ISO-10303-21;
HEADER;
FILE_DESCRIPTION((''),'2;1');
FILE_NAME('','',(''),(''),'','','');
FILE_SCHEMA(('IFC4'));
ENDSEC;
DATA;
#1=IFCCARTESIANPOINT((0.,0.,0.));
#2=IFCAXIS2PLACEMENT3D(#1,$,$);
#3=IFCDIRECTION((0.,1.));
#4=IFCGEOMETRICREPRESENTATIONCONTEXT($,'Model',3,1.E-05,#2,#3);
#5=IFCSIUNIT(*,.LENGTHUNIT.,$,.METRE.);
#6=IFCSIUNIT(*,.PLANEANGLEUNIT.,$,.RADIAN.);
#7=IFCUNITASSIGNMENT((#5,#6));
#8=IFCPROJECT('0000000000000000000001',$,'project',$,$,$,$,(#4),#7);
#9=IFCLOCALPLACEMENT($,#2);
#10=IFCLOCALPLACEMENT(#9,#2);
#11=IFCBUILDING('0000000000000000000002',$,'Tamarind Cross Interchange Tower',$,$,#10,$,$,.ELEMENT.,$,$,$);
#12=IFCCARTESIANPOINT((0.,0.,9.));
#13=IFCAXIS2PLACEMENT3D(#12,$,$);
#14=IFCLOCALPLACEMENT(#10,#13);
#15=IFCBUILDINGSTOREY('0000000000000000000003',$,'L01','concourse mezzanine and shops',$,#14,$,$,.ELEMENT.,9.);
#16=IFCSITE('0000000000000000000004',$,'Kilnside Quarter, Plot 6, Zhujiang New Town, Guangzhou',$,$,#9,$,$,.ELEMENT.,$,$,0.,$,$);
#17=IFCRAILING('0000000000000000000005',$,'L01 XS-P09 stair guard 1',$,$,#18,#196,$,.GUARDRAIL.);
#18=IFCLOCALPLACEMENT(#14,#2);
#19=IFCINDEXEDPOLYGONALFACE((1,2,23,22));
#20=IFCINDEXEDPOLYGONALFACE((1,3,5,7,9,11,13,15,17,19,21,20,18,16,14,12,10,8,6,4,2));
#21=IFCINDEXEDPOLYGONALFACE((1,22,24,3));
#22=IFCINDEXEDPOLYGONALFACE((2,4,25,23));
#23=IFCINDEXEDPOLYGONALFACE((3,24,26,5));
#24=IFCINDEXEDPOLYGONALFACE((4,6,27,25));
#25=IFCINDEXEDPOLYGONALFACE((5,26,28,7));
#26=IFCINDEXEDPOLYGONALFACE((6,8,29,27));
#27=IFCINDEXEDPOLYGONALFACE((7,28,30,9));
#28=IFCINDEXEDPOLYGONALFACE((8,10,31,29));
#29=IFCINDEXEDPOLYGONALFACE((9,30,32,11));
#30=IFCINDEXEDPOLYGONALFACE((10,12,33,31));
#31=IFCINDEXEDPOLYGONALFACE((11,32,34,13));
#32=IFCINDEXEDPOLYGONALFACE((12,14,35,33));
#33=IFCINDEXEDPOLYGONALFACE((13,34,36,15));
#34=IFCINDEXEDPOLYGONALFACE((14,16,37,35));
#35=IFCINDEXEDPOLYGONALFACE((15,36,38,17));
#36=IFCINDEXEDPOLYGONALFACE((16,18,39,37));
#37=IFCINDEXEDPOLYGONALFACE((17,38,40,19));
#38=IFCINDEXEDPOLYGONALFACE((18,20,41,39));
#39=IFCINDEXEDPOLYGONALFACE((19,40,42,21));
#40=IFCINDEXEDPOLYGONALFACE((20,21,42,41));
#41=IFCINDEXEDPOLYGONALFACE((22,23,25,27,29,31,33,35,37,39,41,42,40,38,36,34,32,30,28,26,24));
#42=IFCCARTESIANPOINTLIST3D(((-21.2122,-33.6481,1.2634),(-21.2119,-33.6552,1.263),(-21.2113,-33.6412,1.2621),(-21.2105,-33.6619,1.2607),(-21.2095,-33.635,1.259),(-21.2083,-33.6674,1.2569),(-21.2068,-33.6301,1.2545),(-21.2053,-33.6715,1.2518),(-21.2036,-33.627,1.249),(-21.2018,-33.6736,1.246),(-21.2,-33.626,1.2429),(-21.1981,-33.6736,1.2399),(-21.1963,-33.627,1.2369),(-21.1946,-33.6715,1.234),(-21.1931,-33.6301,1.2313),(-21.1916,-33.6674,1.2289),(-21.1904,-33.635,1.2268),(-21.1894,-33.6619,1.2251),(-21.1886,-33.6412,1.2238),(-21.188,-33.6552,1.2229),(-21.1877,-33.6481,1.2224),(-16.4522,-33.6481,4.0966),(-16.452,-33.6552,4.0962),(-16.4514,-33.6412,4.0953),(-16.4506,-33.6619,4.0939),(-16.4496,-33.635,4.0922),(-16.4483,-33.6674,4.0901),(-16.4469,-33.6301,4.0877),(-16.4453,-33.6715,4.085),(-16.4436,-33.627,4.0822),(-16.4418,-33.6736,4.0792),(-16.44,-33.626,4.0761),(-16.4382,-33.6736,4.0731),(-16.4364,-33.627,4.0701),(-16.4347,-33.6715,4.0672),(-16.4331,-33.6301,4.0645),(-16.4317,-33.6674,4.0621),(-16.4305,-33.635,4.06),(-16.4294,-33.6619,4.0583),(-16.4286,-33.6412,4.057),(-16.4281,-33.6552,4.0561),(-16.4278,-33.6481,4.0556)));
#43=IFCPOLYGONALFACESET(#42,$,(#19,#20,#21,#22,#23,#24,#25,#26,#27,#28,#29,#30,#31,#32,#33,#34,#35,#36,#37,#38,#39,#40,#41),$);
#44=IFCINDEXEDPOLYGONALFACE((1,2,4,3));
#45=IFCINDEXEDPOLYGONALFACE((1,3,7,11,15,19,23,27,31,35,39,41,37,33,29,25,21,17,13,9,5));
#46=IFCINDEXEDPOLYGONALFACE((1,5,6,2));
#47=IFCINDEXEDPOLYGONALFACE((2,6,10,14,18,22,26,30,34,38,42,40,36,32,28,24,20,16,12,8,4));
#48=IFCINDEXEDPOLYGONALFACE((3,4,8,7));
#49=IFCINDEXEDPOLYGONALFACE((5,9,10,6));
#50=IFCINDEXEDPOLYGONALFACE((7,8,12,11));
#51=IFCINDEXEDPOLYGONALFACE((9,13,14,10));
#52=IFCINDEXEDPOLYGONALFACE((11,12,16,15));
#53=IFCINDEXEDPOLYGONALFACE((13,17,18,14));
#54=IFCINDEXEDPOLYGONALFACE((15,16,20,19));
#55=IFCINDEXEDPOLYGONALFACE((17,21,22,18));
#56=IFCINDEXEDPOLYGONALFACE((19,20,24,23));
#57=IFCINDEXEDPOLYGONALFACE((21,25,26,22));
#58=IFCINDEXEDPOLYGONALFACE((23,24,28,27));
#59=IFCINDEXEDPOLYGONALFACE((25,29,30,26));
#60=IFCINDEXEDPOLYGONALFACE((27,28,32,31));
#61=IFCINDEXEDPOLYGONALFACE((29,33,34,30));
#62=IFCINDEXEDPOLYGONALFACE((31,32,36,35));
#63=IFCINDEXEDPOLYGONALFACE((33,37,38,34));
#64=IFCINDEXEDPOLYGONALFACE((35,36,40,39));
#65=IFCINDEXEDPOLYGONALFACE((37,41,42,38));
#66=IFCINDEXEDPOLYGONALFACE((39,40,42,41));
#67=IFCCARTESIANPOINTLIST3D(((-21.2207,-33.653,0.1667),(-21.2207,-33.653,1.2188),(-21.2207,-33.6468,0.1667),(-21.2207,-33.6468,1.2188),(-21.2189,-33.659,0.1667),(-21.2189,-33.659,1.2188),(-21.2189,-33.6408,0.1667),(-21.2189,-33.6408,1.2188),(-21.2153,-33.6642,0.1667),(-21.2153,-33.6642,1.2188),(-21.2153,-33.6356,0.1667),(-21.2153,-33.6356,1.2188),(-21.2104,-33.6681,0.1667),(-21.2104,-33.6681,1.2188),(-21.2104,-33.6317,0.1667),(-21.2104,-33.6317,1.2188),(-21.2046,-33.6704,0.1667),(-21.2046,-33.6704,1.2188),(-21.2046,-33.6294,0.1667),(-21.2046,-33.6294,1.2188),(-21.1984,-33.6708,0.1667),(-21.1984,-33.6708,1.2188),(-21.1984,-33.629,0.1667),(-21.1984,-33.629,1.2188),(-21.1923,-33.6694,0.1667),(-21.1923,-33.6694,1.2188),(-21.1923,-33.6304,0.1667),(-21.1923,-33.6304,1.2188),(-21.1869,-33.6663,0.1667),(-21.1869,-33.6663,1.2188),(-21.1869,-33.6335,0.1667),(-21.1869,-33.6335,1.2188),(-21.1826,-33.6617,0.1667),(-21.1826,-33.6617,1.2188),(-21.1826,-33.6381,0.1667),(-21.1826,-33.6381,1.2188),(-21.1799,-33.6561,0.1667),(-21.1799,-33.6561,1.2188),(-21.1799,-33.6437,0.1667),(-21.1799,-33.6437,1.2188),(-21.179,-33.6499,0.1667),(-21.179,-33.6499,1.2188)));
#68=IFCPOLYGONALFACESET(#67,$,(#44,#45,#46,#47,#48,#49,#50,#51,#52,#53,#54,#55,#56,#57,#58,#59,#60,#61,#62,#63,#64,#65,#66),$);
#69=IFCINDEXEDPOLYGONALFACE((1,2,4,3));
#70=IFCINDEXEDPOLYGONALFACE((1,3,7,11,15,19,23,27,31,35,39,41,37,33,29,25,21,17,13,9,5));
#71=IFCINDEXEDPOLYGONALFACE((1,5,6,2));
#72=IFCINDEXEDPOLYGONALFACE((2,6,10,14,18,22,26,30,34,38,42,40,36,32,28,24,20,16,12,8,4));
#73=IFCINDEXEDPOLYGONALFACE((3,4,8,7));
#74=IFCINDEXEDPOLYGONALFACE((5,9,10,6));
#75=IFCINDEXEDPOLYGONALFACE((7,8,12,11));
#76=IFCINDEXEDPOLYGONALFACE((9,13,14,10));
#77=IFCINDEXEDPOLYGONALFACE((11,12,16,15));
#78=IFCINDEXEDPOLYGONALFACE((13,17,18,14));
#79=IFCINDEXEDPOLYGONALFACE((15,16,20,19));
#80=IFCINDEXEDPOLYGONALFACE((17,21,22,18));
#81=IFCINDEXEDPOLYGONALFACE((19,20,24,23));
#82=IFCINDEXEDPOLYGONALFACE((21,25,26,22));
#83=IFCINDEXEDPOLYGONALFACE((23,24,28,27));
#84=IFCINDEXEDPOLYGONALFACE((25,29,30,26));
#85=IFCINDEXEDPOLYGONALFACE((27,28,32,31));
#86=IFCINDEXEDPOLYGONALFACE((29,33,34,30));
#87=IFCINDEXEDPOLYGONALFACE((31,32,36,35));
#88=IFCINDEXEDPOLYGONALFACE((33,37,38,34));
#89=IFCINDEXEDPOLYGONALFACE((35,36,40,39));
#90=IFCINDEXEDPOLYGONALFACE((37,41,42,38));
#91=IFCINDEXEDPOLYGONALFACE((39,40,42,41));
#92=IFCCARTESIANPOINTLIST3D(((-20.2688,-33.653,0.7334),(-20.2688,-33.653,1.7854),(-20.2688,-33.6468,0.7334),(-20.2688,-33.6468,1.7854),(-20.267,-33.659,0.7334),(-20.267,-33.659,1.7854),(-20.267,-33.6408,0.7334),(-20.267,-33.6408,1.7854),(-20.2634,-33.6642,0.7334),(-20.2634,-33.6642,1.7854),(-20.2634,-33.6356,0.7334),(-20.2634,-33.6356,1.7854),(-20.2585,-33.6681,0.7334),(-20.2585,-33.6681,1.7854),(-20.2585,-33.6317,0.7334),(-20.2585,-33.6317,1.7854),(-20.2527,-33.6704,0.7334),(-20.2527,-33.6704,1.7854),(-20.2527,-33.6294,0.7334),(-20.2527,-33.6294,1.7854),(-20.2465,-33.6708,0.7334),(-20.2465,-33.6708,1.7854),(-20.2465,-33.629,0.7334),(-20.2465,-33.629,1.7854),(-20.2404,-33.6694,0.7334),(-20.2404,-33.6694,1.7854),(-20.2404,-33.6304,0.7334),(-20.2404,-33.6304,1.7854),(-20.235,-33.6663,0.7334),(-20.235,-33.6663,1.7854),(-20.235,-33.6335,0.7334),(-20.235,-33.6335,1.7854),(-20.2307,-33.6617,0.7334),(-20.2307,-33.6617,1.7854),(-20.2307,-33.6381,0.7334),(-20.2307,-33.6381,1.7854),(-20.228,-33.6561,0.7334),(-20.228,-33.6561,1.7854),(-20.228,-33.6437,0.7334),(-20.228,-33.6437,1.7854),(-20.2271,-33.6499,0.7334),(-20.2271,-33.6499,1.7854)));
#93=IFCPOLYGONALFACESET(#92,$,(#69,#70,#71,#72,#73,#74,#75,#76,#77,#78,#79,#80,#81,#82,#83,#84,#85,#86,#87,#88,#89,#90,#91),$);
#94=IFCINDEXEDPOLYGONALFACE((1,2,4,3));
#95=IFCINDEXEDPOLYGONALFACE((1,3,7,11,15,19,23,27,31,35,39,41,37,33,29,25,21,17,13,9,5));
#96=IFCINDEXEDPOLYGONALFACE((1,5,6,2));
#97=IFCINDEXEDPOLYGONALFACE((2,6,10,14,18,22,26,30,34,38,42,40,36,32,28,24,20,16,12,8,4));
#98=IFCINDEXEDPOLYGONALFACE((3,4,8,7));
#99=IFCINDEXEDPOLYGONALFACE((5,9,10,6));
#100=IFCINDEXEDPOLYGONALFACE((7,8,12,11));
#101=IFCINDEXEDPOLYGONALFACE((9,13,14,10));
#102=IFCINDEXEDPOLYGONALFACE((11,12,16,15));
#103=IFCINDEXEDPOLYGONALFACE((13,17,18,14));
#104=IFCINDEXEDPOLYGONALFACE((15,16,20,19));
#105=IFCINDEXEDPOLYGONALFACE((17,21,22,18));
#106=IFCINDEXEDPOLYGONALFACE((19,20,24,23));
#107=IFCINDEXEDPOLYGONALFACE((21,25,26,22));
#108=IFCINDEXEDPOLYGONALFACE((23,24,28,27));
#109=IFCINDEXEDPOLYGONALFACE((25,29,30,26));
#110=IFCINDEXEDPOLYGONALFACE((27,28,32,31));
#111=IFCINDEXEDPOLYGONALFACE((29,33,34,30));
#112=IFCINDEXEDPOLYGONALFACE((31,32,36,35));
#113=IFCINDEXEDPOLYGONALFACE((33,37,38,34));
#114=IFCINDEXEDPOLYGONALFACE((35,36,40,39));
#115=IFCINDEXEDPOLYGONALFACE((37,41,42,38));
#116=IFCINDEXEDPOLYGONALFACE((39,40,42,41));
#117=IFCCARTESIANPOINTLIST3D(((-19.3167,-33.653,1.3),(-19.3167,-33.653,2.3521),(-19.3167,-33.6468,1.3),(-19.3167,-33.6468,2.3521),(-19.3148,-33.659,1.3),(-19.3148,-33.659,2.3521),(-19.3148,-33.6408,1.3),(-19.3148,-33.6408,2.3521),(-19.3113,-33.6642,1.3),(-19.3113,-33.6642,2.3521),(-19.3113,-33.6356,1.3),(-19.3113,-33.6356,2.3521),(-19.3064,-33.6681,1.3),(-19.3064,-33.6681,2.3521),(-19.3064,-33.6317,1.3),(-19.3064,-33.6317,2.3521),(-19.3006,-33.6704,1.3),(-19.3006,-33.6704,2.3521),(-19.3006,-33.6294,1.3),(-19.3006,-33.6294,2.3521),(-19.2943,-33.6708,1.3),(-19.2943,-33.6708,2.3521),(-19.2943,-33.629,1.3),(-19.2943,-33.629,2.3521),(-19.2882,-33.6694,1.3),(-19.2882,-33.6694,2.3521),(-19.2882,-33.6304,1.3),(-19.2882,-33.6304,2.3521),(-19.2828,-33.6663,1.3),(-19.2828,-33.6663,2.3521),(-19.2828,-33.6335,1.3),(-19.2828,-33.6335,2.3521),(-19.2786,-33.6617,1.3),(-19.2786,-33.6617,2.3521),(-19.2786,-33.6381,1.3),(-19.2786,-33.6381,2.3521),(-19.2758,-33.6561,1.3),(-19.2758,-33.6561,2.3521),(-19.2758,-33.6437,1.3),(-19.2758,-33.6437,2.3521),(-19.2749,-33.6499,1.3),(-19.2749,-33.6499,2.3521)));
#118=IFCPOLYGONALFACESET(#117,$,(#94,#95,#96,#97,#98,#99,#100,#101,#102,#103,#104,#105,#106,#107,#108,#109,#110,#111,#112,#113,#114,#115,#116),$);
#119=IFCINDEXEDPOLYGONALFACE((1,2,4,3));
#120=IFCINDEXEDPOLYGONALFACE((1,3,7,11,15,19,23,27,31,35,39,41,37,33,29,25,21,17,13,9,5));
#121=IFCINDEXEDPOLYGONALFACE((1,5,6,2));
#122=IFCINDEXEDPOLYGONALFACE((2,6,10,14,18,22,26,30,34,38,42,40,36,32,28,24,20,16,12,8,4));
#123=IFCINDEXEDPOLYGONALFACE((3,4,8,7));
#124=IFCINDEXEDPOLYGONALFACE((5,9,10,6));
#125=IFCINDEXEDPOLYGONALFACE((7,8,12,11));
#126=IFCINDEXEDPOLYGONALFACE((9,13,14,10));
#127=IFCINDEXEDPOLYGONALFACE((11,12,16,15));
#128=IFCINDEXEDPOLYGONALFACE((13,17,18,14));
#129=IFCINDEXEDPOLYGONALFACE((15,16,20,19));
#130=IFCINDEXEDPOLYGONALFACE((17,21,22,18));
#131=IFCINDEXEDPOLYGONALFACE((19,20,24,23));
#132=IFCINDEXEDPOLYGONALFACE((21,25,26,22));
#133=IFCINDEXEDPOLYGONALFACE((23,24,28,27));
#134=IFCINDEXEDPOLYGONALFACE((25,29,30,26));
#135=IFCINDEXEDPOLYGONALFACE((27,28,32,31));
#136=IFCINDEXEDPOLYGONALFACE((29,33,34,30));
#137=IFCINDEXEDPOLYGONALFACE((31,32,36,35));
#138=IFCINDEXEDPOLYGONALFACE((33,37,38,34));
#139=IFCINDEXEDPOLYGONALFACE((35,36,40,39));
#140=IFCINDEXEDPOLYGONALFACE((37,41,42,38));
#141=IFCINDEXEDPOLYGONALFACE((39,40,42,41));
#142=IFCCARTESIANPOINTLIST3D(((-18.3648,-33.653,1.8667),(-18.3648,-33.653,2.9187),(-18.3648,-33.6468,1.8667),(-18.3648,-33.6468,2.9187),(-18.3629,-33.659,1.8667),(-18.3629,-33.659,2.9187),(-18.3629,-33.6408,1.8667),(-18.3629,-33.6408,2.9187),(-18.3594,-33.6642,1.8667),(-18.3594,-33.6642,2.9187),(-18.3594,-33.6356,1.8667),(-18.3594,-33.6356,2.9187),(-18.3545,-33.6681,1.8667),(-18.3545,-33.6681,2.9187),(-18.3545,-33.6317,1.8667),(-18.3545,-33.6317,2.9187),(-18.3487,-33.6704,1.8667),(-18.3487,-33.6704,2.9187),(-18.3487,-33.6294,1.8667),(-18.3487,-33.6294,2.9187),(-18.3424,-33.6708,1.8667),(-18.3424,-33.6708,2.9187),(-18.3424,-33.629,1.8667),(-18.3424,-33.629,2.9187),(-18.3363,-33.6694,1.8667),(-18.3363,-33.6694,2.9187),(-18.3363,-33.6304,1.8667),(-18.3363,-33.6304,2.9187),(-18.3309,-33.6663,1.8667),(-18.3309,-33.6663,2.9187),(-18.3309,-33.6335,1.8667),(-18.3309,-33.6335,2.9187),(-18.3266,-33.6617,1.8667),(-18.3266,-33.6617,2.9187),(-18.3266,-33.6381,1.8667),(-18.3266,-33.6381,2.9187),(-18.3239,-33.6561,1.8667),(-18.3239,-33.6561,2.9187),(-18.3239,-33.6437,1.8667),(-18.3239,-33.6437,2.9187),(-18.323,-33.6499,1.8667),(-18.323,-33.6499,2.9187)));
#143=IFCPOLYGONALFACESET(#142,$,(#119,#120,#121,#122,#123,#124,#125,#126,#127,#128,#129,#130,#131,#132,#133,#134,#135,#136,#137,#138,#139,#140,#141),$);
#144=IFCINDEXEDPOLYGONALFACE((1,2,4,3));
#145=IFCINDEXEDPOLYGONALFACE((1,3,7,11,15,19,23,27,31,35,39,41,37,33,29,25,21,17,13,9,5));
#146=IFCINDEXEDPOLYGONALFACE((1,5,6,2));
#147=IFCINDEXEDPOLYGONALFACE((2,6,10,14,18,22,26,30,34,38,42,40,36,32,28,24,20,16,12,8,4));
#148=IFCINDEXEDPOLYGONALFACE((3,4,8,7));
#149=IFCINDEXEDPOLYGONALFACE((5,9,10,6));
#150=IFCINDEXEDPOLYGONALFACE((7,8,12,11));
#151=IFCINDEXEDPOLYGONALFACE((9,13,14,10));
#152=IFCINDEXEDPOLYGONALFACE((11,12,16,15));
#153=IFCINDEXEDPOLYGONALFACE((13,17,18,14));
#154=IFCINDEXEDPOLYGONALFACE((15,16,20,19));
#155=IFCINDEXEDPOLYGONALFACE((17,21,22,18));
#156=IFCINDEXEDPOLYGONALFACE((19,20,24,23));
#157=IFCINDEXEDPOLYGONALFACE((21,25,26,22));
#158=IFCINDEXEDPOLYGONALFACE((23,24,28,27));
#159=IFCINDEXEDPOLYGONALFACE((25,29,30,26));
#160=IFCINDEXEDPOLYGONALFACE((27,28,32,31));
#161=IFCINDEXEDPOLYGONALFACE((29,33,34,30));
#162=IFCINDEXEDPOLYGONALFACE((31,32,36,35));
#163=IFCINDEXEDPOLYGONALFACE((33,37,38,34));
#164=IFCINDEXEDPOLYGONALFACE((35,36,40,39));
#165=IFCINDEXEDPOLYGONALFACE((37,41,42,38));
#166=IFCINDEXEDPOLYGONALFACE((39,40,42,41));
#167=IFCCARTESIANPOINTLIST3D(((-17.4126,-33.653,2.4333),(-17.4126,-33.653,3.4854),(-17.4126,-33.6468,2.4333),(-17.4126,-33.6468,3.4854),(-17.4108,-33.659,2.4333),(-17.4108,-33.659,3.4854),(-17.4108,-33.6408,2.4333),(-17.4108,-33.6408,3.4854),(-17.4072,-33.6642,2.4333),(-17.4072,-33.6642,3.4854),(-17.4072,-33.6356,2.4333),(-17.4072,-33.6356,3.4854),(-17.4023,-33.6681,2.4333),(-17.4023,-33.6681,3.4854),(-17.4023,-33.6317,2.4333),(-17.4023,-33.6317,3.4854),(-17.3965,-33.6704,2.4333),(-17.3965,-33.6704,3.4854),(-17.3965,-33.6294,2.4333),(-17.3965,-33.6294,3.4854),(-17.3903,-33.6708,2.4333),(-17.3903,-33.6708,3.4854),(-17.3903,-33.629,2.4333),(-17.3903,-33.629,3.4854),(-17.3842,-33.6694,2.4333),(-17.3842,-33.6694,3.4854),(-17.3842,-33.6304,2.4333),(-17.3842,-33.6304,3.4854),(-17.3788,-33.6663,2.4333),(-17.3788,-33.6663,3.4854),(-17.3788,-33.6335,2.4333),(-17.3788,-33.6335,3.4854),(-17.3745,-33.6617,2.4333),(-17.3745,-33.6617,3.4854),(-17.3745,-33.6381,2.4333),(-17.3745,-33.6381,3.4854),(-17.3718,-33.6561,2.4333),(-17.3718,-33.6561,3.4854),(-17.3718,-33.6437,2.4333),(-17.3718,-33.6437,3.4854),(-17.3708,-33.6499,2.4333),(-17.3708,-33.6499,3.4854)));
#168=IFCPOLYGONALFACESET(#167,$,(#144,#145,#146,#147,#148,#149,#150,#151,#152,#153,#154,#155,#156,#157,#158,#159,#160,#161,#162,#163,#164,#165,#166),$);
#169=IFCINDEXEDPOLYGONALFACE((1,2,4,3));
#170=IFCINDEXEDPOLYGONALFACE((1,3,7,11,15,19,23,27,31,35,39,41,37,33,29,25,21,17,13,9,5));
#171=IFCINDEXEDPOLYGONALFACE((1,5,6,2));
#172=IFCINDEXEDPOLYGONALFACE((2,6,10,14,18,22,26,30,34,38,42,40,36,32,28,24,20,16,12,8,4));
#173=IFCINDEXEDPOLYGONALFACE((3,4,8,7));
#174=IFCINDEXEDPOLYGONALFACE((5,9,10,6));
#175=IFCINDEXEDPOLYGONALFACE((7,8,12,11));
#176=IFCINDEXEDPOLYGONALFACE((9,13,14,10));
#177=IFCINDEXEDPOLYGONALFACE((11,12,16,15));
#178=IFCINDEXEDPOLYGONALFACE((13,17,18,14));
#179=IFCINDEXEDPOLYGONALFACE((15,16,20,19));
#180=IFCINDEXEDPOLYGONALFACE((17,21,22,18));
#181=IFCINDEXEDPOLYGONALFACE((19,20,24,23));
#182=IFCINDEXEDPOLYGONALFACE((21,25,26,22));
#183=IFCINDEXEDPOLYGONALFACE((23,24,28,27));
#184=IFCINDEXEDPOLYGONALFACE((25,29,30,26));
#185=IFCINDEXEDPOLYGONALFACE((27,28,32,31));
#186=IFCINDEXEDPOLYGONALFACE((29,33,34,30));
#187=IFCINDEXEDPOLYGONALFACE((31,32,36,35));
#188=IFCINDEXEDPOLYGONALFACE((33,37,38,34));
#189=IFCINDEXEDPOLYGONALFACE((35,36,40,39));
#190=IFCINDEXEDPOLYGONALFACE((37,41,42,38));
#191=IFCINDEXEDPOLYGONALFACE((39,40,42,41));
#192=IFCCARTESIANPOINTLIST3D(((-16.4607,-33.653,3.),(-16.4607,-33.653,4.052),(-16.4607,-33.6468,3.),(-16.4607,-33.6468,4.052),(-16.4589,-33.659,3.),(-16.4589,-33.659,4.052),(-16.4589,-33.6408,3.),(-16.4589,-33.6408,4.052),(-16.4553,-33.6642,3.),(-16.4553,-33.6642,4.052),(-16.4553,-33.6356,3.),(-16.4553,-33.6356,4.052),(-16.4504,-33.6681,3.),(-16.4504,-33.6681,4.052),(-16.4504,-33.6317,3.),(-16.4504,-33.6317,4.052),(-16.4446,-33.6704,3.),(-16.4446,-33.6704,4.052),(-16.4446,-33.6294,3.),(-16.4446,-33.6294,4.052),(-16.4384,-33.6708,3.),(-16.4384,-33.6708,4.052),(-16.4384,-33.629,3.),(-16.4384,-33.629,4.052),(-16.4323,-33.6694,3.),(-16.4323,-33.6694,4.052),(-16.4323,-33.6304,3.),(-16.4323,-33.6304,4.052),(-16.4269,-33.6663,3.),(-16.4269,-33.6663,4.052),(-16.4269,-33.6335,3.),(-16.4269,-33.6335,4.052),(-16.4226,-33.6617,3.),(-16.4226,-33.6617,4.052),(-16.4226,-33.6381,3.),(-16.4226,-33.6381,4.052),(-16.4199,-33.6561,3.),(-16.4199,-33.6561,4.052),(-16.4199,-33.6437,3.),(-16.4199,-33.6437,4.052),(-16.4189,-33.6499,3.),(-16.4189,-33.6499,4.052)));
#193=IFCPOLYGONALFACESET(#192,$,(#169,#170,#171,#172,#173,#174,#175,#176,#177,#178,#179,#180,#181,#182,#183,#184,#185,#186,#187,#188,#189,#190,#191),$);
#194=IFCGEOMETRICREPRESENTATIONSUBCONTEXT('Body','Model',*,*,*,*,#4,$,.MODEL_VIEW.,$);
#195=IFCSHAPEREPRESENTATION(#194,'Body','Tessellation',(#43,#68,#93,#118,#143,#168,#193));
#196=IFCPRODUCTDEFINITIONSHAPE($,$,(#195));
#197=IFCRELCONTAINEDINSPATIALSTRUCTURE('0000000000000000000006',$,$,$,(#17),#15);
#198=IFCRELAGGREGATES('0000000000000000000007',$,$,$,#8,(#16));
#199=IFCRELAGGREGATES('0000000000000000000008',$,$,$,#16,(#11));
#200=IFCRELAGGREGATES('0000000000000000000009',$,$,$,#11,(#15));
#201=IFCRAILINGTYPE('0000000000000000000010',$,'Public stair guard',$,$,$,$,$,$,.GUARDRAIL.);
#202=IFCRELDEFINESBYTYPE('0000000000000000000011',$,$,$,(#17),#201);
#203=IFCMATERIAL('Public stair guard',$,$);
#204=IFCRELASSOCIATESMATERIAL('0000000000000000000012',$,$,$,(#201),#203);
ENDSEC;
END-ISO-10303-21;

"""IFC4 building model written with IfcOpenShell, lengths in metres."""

from ifc_helpers import new_model, si_unit, direction, frame, origin, origin_2d, place, context, subcontext, project, spatial, circle, extrude, material, type_object, element, save


model = new_model("IFC4")

# Units and contexts
model_context = context("Model", 3, precision=1e-05, world=origin(), true_north=direction((0.0, 1.0)))
body_context = subcontext(model_context, "Body", "Model", "MODEL_VIEW")
ifc_project = project(units=[si_unit("LENGTHUNIT", "METRE"), si_unit("PLANEANGLEUNIT", "RADIAN")], contexts=[model_context])

# Site, building, storey
site_placement = place(None, origin())
site = spatial("IfcSite", under=ifc_project, at=site_placement, Name="Kilnside Quarter, Plot 6, Zhujiang New Town, Guangzhou", CompositionType="ELEMENT", RefElevation=0.0)
building_placement = place(site_placement, origin())
building = spatial("IfcBuilding", under=site, at=building_placement, Name="Tamarind Cross Interchange Tower", CompositionType="ELEMENT")
storey_placement = place(building_placement, frame((0.0, 0.0, 9.0)))
storey = spatial("IfcBuildingStorey", under=building, at=storey_placement, Name="L01", Description="concourse mezzanine and shops", CompositionType="ELEMENT", Elevation=9.0)

# Railing
ifc_material_1 = material(Name="Public stair guard")
railing_type_1 = type_object("IfcRailingType", Name="Public stair guard", PredefinedType="GUARDRAIL", material=ifc_material_1)
railing_1_placement = place(storey_placement, frame((-21.2, -33.6499, 0.1667)))
element("IfcRailing", 1, at=railing_1_placement, inside=storey, type_object=railing_type_1, Name="L01 XS-P09 stair guard 1", PredefinedType="GUARDRAIL", context=body_context, shape_type="SweptSolid", body=[
    extrude(circle(Radius=0.0239, at=origin_2d()), frame((0.0, 0.0, 1.0762), z_axis=(0.8593, 0.0, 0.511472), x_axis=(0.0, 1.0, 0.0)), (0.0, 0.0, 1.0), 5.5393),
    extrude(circle(Radius=0.021, at=origin_2d()), origin(), (0.0, 0.0, 1.0), 1.052),
    extrude(circle(Radius=0.021, at=origin_2d()), frame((0.9519, 0.0, 0.5667)), (0.0, 0.0, 1.0), 1.052),
    extrude(circle(Radius=0.021, at=origin_2d()), frame((1.9041, 0.0, 1.1333)), (0.0, 0.0, 1.0), 1.052),
    extrude(circle(Radius=0.021, at=origin_2d()), frame((2.856, 0.0, 1.7)), (0.0, 0.0, 1.0), 1.052),
    extrude(circle(Radius=0.021, at=origin_2d()), frame((3.8081, 0.0, 2.2666)), (0.0, 0.0, 1.0), 1.052),
    extrude(circle(Radius=0.021, at=origin_2d()), frame((4.76, 0.0, 2.8333)), (0.0, 0.0, 1.0), 1.052),
])

save(model, "model.ifc")
